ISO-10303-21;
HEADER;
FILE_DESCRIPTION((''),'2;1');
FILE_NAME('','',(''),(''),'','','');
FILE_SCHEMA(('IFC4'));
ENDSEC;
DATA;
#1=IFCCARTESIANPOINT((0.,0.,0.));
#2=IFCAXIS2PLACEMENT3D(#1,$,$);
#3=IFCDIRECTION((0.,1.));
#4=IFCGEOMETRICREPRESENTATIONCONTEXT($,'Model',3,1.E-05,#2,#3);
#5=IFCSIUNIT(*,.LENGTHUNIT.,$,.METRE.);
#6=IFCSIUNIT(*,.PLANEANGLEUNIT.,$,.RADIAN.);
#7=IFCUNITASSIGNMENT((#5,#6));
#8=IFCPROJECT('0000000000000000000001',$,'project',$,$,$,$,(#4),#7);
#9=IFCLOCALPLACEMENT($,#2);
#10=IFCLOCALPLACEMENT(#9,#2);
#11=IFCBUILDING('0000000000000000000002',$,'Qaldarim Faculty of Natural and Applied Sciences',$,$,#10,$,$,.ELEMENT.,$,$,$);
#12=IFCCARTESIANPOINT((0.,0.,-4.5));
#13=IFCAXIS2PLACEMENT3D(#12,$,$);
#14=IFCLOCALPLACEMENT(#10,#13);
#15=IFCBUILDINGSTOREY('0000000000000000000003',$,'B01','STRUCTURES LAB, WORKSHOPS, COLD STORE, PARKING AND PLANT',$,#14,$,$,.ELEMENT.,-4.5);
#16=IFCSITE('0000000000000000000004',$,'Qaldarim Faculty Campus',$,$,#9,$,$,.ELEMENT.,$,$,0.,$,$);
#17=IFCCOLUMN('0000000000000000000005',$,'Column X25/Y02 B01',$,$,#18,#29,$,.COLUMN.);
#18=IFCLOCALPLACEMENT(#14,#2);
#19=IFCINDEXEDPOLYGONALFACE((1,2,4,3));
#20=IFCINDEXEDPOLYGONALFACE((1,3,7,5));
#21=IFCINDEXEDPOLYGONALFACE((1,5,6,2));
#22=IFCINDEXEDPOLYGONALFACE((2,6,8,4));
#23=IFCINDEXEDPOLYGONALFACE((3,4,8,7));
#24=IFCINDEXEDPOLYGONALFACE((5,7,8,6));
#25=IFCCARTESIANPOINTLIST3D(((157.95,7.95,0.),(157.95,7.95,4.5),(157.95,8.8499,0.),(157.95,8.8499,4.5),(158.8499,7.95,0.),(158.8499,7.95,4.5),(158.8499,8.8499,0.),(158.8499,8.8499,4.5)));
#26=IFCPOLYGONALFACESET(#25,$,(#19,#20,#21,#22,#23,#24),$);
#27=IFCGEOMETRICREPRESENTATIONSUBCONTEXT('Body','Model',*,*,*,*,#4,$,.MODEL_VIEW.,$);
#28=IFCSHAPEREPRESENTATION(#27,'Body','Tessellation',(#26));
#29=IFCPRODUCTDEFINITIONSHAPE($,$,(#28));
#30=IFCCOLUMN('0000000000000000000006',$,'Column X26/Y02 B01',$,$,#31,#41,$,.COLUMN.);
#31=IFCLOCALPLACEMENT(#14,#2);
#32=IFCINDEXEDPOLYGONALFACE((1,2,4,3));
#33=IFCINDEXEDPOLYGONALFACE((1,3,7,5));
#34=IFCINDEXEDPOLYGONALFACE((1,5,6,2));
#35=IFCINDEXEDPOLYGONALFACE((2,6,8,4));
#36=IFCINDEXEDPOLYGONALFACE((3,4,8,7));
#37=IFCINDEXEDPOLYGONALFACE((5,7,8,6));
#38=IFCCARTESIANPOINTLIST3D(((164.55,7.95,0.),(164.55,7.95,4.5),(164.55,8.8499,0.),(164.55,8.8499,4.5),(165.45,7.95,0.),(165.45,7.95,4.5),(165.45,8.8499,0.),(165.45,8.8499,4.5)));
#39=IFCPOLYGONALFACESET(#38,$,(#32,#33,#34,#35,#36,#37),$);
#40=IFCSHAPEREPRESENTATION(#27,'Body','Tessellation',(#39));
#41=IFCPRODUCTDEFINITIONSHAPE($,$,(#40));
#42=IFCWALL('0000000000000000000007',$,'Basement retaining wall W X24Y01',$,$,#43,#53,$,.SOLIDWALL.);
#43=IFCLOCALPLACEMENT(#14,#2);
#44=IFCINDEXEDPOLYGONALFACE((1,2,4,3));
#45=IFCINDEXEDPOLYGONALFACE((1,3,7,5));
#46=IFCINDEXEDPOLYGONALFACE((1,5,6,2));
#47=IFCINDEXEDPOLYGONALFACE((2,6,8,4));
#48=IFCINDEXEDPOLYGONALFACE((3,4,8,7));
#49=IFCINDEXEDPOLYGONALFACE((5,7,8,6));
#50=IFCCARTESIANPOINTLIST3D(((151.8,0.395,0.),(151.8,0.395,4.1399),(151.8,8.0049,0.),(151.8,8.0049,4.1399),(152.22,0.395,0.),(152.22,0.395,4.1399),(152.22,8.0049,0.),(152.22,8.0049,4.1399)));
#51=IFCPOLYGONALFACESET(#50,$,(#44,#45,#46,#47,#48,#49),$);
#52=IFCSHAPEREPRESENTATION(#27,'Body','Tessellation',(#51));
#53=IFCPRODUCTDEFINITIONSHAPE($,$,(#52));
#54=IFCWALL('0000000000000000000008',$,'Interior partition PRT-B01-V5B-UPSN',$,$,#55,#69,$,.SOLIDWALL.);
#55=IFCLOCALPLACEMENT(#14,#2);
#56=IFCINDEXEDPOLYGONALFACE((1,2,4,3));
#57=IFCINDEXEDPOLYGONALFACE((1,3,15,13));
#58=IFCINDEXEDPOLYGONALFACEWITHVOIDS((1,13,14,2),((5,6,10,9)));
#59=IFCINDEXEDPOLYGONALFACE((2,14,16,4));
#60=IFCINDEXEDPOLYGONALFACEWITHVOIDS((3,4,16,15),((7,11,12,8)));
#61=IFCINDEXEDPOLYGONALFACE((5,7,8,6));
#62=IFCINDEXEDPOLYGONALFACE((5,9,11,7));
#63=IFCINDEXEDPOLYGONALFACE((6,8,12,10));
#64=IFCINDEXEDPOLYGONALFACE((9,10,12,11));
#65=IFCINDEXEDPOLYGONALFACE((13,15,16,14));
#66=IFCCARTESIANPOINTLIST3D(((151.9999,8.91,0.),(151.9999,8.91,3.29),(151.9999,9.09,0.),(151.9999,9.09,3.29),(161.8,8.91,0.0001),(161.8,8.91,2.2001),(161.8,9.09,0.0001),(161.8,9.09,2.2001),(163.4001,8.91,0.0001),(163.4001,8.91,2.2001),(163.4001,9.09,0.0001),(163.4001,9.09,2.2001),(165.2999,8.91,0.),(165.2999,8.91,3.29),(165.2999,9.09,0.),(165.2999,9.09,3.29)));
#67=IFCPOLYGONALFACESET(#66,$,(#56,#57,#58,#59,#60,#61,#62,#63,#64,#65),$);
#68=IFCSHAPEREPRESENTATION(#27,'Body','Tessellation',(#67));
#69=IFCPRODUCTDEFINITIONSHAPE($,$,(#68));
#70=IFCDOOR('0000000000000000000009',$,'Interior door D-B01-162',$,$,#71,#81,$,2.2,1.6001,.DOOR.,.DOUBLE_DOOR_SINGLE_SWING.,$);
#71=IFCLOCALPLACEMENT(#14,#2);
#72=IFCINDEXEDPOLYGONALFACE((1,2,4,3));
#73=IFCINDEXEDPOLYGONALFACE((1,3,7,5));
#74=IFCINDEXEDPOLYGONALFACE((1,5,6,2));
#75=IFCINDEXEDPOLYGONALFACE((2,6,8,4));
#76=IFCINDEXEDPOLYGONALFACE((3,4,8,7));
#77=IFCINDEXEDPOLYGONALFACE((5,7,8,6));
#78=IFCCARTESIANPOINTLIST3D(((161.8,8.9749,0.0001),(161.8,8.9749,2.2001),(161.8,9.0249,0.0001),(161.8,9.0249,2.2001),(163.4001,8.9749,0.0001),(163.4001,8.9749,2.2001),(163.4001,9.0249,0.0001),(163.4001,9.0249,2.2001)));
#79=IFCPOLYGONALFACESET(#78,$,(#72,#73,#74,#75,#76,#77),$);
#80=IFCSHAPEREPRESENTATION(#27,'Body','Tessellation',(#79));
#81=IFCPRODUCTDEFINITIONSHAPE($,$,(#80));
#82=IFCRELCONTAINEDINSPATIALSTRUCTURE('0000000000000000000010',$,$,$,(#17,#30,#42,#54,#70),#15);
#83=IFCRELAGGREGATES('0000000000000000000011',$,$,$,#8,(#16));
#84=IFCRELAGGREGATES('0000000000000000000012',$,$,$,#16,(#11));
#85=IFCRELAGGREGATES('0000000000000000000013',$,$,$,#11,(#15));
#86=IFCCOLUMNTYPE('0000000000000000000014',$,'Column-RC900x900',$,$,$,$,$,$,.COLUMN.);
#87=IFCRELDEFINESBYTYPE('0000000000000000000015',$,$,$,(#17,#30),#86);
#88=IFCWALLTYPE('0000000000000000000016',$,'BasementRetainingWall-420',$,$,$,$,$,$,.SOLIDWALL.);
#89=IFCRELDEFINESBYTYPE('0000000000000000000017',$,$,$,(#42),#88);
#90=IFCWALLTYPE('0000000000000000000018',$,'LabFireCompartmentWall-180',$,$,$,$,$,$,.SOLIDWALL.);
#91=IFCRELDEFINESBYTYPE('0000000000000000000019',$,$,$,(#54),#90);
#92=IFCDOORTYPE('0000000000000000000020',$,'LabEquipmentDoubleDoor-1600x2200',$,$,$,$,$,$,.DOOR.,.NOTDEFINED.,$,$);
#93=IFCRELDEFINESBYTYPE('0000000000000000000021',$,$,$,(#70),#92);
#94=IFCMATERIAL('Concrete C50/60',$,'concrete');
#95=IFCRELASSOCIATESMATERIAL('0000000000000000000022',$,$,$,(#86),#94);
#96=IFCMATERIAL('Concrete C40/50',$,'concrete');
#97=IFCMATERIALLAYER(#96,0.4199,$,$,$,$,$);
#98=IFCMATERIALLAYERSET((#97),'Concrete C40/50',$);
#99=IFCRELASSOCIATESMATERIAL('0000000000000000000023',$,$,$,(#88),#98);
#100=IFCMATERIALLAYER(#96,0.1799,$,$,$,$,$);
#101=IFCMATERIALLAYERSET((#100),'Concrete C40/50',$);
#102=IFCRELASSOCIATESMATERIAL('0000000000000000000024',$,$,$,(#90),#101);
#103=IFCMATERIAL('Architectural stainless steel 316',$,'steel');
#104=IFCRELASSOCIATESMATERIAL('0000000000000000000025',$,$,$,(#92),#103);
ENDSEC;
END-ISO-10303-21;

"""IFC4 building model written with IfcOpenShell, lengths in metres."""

from ifc_helpers import new_model, si_unit, direction, frame, frame_2d, origin, origin_2d, place, context, subcontext, project, spatial, rectangle, extrude, material, layer, layer_set, material_profile, profile_set, type_object, element, fill, save


model = new_model("IFC4")

# Units and contexts
model_context = context("Model", 3, precision=1e-05, world=origin(), true_north=direction((0.0, 1.0)))
body_context = subcontext(model_context, "Body", "Model", "MODEL_VIEW")
ifc_project = project(units=[si_unit("LENGTHUNIT", "METRE"), si_unit("PLANEANGLEUNIT", "RADIAN")], contexts=[model_context])

# Site, building, storey
site_placement = place(None, origin())
site = spatial("IfcSite", under=ifc_project, at=site_placement, Name="Qaldarim Faculty Campus", CompositionType="ELEMENT", RefElevation=0.0)
building_placement = place(site_placement, origin())
building = spatial("IfcBuilding", under=site, at=building_placement, Name="Qaldarim Faculty of Natural and Applied Sciences", CompositionType="ELEMENT")
storey_placement = place(building_placement, frame((0.0, 0.0, -4.5)))
storey = spatial("IfcBuildingStorey", under=building, at=storey_placement, Name="B01", Description="STRUCTURES LAB, WORKSHOPS, COLD STORE, PARKING AND PLANT", CompositionType="ELEMENT", Elevation=-4.5)

# Shared definitions
ifc_material_1 = material(Name="Concrete C40/50", Category="concrete")

# Columns
ifc_material_2 = material(Name="Concrete C50/60", Category="concrete")
ifc_material_profile_1 = material_profile(ifc_material_2, rectangle(XDim=0.8999, YDim=0.8999, at=origin_2d()), Name="RC-C900x900")
ifc_profile_set_1 = profile_set([ifc_material_profile_1], Name="Concrete C50/60")
column_type_1 = type_object("IfcColumnType", Name="Column-RC900x900", PredefinedType="COLUMN", material=ifc_profile_set_1)
for number, where, z_axis, x_axis, name in (
    (1, (158.3999, 8.3999, 0.0), (0.0, 0.0, 1.0), (1.0, 0.0, 0.0), "Column X25/Y02 B01"),
    (2, (165.0, 8.3999, 0.0), (0.0, 0.0, 1.0), (1.0, 0.0, 0.0), "Column X26/Y02 B01"),
):
    element("IfcColumn", number, at=place(storey_placement, frame(where, z_axis=z_axis, x_axis=x_axis)), inside=storey, type_object=column_type_1, Name=name, PredefinedType="COLUMN", context=body_context, shape_type="SweptSolid", body=[
        extrude(rectangle(XDim=0.8999, YDim=0.8999, at=origin_2d()), origin(), (0.0, 0.0, 1.0), 4.5),
    ])

# Wall
ifc_layer_1 = layer(ifc_material_1, 0.4199)
ifc_layer_set_1 = layer_set([ifc_layer_1], Name="Concrete C40/50")
wall_type_1 = type_object("IfcWallType", Name="BasementRetainingWall-420", PredefinedType="SOLIDWALL", material=ifc_layer_set_1)
wall_1_placement = place(storey_placement, frame((152.01, 8.0049, 0.0), z_axis=(0.0, 0.0, 1.0), x_axis=(0.0, -1.0, 0.0)))
element("IfcWall", 3, at=wall_1_placement, inside=storey, type_object=wall_type_1, Name="Basement retaining wall W X24Y01", PredefinedType="SOLIDWALL", context=body_context, shape_type="SweptSolid", body=[
    extrude(rectangle(XDim=7.6099, YDim=0.4199, at=frame_2d((3.8049, 0.0))), origin(), (0.0, 0.0, 1.0), 4.1399),
])

# Wall, opening, door
ifc_layer_2 = layer(ifc_material_1, 0.1799)
ifc_layer_set_2 = layer_set([ifc_layer_2], Name="Concrete C40/50")
wall_type_2 = type_object("IfcWallType", Name="LabFireCompartmentWall-180", PredefinedType="SOLIDWALL", material=ifc_layer_set_2)
wall_2_placement = place(storey_placement, frame((152.0, 9.0, 0.0), z_axis=(0.0, 0.0, 1.0), x_axis=(1.0, 0.0, 0.0)))
wall_2 = element("IfcWall", 4, at=wall_2_placement, inside=storey, type_object=wall_type_2, Name="Interior partition PRT-B01-V5B-UPSN", PredefinedType="SOLIDWALL", context=body_context, shape_type="SweptSolid", body=[
    extrude(rectangle(XDim=13.3, YDim=0.1799, at=frame_2d((6.6499, 0.0))), origin(), (0.0, 0.0, 1.0), 3.29),
])
opening_placement = place(wall_2_placement, frame((9.8, 0.0, 0.0)))
opening = element("IfcOpeningElement", 5, at=opening_placement, cuts=wall_2, PredefinedType="OPENING", context=body_context, shape_type="SweptSolid", body=[
    extrude(rectangle(XDim=1.6001, YDim=2.2, at=frame_2d((0.8, 1.1001))), frame((0.0, 0.0999, 0.0), z_axis=(0.0, -1.0, 0.0), x_axis=(1.0, 0.0, 0.0)), (0.0, 0.0, 1.0), 0.2),
])
ifc_material_3 = material(Name="Architectural stainless steel 316", Category="steel")
door_type = type_object("IfcDoorType", Name="LabEquipmentDoubleDoor-1600x2200", OperationType="NOTDEFINED", PredefinedType="DOOR", material=ifc_material_3)
door_placement = place(opening_placement, origin())
door = element("IfcDoor", 6, at=door_placement, inside=storey, type_object=door_type, Name="Interior door D-B01-162", OperationType="DOUBLE_DOOR_SINGLE_SWING", OverallHeight=2.2, OverallWidth=1.6001, PredefinedType="DOOR", context=body_context, shape_type="SweptSolid", body=[
    extrude(rectangle(XDim=1.6001, YDim=2.2, at=frame_2d((0.8, 1.1001))), frame((0.0, 0.0249, 0.0), z_axis=(0.0, -1.0, 0.0), x_axis=(1.0, 0.0, 0.0)), (0.0, 0.0, 1.0), 0.05),
])
fill(opening, door)

save(model, "model.ifc")
